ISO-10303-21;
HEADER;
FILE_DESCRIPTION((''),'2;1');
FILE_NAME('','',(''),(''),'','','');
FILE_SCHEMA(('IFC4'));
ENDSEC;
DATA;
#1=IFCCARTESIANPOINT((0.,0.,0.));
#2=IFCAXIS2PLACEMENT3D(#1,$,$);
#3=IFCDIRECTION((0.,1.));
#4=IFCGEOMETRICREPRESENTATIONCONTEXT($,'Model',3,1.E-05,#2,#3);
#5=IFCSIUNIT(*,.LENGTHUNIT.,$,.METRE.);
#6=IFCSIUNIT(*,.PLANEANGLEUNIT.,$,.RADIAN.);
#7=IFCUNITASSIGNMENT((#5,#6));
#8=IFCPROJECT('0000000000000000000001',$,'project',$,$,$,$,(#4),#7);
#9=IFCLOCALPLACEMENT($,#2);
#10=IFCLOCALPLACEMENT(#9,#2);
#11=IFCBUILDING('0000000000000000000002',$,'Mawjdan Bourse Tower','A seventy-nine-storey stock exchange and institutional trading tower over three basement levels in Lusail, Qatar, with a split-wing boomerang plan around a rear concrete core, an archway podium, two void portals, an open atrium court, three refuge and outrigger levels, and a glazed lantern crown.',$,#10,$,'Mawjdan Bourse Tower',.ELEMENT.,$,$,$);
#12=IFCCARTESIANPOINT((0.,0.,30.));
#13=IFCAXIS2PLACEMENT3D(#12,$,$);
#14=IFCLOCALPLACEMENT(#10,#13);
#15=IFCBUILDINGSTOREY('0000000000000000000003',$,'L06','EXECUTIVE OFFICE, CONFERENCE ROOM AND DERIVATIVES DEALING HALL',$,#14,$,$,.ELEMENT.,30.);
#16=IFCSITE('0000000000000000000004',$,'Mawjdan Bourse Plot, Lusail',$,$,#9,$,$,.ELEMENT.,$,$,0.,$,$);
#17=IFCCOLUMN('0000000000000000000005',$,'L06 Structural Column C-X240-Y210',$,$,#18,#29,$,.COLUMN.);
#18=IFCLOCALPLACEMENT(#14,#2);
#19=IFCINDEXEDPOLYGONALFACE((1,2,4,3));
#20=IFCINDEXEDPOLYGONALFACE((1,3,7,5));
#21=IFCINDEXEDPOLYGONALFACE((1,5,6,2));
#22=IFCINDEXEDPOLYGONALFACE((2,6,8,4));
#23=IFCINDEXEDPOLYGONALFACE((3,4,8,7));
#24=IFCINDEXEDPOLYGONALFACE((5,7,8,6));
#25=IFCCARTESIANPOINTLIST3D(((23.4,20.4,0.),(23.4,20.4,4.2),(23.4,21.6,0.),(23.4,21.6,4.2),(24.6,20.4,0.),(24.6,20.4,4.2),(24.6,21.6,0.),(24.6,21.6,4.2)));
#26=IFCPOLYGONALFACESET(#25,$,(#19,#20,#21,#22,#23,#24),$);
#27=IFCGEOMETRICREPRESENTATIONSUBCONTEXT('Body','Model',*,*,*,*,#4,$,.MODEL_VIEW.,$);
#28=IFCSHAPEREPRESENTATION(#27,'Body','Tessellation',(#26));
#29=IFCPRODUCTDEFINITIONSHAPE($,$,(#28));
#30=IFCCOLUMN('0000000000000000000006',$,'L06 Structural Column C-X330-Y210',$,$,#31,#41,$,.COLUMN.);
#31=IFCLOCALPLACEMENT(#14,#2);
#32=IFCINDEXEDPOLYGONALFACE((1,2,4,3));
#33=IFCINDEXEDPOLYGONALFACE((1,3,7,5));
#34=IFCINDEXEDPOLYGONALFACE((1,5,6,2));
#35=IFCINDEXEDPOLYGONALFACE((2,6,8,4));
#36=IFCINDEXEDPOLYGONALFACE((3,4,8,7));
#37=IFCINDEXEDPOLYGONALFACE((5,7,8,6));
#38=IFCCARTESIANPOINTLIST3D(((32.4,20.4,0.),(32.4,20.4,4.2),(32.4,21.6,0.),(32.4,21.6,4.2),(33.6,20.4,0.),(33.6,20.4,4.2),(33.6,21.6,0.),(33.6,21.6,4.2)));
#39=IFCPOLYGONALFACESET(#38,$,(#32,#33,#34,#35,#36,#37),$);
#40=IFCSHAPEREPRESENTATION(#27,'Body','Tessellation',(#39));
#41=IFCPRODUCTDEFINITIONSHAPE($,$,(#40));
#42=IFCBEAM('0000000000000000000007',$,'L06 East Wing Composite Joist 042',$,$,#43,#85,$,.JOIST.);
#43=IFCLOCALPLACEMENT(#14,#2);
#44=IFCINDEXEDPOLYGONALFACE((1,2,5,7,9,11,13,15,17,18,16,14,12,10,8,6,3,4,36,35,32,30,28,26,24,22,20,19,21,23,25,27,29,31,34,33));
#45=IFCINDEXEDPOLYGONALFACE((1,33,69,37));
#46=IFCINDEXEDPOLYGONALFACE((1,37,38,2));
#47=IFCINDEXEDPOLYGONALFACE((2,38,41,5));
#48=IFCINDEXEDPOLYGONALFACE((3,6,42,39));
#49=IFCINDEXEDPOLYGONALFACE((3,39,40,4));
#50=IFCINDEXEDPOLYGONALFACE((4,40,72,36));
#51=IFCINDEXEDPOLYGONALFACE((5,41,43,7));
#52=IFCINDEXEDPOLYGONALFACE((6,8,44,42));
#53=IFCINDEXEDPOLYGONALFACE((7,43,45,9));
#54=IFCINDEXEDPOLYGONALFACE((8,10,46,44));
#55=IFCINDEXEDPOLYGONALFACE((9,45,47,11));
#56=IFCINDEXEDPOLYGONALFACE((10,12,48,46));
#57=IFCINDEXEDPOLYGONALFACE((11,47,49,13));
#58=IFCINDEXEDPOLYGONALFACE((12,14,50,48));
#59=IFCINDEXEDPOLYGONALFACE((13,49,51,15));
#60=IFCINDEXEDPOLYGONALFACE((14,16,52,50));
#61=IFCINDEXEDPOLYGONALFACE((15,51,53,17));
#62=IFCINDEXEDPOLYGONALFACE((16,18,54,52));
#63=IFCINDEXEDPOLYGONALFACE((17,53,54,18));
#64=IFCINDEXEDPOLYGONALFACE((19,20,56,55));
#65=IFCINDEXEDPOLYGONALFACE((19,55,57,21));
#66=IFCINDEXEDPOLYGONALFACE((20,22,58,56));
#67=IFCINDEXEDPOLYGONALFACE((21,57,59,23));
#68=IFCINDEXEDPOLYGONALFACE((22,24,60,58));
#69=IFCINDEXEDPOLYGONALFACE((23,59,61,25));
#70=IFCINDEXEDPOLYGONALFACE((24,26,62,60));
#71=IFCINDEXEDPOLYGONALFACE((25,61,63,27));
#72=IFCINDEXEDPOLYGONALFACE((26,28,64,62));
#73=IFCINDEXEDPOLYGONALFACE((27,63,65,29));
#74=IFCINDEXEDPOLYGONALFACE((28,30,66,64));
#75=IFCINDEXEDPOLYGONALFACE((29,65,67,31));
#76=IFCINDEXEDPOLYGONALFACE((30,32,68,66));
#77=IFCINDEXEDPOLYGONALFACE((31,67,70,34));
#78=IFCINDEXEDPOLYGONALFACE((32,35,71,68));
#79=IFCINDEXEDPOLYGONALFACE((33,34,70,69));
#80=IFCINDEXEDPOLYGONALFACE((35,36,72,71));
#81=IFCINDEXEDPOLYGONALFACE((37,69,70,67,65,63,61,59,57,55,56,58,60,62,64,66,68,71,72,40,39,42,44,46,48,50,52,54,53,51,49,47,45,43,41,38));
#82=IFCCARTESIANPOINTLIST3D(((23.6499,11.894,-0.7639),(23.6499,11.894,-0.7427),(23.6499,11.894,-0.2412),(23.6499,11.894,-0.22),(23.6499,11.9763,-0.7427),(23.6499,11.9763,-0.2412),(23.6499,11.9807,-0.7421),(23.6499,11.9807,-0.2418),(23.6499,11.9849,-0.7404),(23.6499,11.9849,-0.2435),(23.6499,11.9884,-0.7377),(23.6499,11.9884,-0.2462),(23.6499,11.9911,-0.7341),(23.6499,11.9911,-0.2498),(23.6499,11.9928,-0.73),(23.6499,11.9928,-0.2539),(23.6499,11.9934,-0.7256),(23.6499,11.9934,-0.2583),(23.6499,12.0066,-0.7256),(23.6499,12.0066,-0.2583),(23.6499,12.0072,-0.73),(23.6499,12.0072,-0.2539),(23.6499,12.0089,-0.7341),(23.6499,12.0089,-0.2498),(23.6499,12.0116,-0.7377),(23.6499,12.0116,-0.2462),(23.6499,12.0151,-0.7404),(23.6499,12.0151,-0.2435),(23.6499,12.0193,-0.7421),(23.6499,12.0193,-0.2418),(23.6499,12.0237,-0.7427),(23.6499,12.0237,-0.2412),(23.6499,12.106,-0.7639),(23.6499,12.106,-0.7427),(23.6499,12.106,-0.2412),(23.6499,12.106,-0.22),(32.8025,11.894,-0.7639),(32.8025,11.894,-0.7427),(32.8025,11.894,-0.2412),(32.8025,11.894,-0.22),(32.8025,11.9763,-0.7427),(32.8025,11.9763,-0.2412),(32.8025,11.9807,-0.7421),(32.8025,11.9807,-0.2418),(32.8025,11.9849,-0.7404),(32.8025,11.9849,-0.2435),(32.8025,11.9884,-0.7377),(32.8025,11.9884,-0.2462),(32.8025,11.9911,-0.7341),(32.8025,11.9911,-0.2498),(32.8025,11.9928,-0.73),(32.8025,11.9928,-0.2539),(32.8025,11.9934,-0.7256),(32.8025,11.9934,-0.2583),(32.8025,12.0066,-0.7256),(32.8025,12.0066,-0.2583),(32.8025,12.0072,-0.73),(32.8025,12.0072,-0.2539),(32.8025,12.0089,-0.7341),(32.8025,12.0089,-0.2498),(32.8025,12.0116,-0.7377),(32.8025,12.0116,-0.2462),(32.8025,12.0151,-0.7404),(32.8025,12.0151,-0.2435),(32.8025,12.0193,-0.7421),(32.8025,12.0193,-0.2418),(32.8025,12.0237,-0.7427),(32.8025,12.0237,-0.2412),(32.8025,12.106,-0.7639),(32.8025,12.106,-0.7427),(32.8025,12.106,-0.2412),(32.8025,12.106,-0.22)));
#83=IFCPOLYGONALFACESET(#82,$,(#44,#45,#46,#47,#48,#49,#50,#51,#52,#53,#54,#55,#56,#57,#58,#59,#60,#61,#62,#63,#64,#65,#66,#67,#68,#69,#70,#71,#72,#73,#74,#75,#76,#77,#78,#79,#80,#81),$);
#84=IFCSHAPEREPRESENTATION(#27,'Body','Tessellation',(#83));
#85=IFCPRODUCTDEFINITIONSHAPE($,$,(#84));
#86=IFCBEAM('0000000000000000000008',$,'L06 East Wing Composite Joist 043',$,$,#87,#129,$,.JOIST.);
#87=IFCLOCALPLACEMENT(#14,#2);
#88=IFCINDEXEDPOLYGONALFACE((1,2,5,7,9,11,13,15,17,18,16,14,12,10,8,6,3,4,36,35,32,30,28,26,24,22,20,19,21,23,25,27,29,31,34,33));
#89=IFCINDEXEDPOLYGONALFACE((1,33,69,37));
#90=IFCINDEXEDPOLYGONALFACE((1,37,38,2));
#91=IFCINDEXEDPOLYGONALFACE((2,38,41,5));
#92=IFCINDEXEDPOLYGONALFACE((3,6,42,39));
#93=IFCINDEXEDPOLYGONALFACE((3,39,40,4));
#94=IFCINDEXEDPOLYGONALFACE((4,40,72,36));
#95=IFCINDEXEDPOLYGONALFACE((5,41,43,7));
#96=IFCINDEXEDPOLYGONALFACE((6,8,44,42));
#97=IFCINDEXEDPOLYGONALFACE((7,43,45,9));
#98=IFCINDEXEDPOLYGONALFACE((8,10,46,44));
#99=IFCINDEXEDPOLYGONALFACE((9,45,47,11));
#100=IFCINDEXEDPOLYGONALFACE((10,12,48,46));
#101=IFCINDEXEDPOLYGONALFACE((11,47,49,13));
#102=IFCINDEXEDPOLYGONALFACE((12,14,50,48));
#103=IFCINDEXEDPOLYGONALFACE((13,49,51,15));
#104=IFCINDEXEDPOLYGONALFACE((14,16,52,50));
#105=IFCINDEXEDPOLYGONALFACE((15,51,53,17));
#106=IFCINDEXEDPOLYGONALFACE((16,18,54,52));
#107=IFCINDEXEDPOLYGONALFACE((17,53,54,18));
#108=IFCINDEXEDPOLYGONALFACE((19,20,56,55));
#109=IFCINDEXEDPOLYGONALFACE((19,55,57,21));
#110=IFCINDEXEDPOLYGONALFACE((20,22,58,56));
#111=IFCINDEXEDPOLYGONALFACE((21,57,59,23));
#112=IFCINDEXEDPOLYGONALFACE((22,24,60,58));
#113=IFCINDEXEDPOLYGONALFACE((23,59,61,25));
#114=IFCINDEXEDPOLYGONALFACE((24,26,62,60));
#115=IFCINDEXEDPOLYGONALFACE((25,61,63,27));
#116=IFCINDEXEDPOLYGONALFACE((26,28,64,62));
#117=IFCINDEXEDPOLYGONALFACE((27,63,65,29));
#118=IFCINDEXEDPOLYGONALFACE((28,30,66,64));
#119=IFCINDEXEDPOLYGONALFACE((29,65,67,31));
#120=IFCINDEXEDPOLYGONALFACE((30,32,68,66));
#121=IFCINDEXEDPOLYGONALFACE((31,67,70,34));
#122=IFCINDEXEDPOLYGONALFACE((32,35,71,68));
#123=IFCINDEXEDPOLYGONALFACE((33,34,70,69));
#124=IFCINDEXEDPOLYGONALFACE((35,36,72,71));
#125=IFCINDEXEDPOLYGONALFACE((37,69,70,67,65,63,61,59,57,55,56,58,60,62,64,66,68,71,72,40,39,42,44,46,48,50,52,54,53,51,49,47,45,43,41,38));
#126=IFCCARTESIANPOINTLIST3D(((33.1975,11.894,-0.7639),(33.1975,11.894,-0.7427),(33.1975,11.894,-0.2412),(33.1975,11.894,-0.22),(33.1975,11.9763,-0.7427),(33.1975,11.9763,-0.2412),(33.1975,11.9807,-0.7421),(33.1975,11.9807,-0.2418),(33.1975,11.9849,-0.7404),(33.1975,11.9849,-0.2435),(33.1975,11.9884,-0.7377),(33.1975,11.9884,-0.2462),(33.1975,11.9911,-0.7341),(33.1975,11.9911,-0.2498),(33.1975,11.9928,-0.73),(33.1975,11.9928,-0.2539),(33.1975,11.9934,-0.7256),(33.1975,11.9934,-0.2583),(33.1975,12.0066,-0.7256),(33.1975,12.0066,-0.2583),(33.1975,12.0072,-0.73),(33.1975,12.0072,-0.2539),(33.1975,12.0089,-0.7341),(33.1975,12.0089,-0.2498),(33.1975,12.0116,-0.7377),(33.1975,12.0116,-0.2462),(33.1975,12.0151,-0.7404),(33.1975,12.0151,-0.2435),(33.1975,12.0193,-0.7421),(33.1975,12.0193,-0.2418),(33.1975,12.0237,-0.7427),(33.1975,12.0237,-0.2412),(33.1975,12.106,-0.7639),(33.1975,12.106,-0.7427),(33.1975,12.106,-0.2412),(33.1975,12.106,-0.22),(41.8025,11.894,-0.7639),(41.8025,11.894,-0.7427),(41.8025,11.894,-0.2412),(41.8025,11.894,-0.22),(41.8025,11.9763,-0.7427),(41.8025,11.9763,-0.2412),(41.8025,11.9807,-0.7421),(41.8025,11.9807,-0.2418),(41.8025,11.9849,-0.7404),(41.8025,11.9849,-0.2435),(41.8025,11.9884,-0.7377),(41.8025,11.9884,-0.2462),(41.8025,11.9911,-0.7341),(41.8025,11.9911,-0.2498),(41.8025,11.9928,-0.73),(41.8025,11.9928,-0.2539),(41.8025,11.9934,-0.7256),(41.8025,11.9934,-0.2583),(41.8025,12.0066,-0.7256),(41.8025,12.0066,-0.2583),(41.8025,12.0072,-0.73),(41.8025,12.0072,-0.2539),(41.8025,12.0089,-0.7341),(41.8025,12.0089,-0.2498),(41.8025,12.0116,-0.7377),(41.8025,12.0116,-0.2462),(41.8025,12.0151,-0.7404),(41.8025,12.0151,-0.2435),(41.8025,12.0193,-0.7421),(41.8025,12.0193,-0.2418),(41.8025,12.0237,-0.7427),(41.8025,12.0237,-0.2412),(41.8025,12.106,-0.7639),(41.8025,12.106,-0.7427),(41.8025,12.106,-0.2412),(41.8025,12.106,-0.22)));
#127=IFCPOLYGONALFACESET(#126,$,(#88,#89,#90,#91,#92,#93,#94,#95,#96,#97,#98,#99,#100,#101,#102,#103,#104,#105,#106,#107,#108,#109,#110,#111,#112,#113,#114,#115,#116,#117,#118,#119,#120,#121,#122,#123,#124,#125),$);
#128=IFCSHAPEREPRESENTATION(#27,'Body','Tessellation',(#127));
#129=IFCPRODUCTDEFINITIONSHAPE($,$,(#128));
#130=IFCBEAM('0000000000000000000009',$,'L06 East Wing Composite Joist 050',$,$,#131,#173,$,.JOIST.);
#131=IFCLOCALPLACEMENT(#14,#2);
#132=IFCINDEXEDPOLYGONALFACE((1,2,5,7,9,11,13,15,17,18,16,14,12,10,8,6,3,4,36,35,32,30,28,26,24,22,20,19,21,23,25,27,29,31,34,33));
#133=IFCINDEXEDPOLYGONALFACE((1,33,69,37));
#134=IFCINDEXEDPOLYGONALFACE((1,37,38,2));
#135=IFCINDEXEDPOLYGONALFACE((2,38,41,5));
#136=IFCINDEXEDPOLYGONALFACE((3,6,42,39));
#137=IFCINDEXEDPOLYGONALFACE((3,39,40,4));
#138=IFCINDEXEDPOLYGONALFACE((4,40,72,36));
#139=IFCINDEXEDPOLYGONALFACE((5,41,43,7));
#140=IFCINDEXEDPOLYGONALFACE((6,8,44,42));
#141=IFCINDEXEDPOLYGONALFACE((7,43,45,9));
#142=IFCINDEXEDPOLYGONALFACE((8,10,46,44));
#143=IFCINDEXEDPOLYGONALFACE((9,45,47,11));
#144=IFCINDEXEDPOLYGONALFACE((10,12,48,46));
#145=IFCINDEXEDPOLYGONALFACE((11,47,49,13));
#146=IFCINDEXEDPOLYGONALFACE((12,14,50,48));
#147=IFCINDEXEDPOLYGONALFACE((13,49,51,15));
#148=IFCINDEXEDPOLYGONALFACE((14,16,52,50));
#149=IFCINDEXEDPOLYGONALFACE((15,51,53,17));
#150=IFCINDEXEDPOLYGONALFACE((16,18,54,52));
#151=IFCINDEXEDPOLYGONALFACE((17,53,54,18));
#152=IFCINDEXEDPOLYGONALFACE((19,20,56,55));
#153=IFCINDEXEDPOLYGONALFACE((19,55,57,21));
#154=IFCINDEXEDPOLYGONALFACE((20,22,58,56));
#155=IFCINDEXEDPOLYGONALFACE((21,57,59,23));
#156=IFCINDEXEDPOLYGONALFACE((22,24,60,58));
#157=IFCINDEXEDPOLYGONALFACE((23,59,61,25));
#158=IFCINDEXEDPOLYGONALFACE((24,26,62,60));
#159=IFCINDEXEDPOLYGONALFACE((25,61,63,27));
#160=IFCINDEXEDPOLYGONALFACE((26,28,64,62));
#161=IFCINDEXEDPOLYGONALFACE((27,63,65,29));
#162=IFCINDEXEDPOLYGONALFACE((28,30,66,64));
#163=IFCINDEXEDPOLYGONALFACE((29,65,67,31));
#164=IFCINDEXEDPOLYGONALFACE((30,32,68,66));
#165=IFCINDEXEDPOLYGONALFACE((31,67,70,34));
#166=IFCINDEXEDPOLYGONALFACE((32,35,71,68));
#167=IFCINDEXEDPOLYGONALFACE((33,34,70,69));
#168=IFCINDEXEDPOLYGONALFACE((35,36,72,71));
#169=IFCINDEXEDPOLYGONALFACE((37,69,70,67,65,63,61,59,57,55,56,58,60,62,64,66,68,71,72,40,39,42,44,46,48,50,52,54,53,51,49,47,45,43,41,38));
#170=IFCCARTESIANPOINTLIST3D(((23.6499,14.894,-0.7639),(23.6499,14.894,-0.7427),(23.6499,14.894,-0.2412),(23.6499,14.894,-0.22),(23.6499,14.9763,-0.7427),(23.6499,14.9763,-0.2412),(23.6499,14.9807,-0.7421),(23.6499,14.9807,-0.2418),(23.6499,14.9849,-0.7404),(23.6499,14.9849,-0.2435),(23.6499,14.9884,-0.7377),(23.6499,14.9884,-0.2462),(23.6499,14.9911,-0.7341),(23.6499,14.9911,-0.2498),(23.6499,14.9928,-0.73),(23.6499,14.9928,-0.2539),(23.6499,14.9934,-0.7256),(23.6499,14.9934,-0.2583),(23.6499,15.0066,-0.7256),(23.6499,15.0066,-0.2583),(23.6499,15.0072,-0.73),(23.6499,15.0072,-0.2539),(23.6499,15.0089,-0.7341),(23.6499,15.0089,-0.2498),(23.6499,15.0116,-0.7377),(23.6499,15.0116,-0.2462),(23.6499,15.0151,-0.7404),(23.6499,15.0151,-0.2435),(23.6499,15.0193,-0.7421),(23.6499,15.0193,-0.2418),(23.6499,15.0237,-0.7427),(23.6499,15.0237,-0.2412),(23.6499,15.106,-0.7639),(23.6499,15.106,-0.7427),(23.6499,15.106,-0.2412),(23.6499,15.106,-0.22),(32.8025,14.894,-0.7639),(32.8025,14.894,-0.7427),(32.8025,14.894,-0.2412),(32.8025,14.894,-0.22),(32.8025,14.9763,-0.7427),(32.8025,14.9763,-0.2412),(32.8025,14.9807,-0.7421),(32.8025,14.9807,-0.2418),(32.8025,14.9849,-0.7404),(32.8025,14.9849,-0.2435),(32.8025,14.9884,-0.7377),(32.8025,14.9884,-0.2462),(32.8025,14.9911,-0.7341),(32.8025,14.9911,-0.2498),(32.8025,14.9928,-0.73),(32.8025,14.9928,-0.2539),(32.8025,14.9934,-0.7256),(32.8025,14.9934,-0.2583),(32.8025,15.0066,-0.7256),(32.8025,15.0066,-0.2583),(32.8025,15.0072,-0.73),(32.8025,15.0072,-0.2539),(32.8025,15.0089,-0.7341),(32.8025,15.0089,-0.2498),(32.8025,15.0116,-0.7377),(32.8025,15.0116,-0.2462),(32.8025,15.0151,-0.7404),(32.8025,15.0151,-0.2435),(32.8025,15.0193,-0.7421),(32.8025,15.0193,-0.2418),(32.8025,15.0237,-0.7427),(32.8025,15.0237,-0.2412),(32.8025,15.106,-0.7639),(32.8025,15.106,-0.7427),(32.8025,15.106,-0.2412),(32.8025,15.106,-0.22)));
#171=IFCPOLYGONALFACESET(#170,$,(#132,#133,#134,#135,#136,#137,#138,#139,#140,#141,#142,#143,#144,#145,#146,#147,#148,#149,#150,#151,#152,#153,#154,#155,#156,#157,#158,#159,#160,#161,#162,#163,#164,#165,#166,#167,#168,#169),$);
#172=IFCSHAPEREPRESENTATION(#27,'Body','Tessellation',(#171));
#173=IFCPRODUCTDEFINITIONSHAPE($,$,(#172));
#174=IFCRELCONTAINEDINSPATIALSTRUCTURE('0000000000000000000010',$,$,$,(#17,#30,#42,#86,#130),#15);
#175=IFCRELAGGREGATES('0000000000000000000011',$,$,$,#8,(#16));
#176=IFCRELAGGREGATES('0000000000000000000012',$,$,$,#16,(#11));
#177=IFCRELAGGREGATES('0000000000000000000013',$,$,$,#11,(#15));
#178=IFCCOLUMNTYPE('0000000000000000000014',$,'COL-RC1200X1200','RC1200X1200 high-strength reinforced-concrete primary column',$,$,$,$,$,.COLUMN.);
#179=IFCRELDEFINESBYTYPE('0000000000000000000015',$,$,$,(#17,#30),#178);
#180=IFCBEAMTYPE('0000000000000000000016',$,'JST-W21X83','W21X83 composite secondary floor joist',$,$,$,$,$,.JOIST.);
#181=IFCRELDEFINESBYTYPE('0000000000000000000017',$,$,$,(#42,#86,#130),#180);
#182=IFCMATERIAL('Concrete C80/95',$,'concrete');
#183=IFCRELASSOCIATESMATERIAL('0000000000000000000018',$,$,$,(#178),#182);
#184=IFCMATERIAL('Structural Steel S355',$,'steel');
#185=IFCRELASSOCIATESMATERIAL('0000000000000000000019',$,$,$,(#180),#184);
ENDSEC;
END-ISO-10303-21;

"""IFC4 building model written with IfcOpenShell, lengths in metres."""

from ifc_helpers import new_model, si_unit, direction, frame, origin, origin_2d, place, context, subcontext, project, spatial, rectangle, i_section, extrude, material, material_profile, profile_set, type_object, element, save


model = new_model("IFC4")

# Units and contexts
model_context = context("Model", 3, precision=1e-05, world=origin(), true_north=direction((0.0, 1.0)))
body_context = subcontext(model_context, "Body", "Model", "MODEL_VIEW")
ifc_project = project(units=[si_unit("LENGTHUNIT", "METRE"), si_unit("PLANEANGLEUNIT", "RADIAN")], contexts=[model_context])

# Site, building, storey
site_placement = place(None, origin())
site = spatial("IfcSite", under=ifc_project, at=site_placement, Name="Mawjdan Bourse Plot, Lusail", CompositionType="ELEMENT", RefElevation=0.0)
building_placement = place(site_placement, origin())
building = spatial("IfcBuilding", under=site, at=building_placement, Name="Mawjdan Bourse Tower", Description="A seventy-nine-storey stock exchange and institutional trading tower over three basement levels in Lusail, Qatar, with a split-wing boomerang plan around a rear concrete core, an archway podium, two void portals, an open atrium court, three refuge and outrigger levels, and a glazed lantern crown.", LongName="Mawjdan Bourse Tower", CompositionType="ELEMENT")
storey_placement = place(building_placement, frame((0.0, 0.0, 30.0)))
storey = spatial("IfcBuildingStorey", under=building, at=storey_placement, Name="L06", Description="EXECUTIVE OFFICE, CONFERENCE ROOM AND DERIVATIVES DEALING HALL", CompositionType="ELEMENT", Elevation=30.0)

# Columns
ifc_material_1 = material(Name="Concrete C80/95", Category="concrete")
ifc_material_profile_1 = material_profile(ifc_material_1, rectangle(XDim=1.2, YDim=1.2, at=origin_2d()), Name="RC1200X1200")
ifc_profile_set_1 = profile_set([ifc_material_profile_1], Name="Concrete C80/95")
column_type = type_object("IfcColumnType", Name="COL-RC1200X1200", Description="RC1200X1200 high-strength reinforced-concrete primary column", PredefinedType="COLUMN", material=ifc_profile_set_1)
for number, where, z_axis, x_axis, name in (
    (1, (24.0, 21.0, 0.0), (0.0, 0.0, 1.0), (1.0, 0.0, 0.0), "L06 Structural Column C-X240-Y210"),
    (2, (33.0, 21.0, 0.0), (0.0, 0.0, 1.0), (1.0, 0.0, 0.0), "L06 Structural Column C-X330-Y210"),
):
    element("IfcColumn", number, at=place(storey_placement, frame(where, z_axis=z_axis, x_axis=x_axis)), inside=storey, type_object=column_type, Name=name, PredefinedType="COLUMN", context=body_context, shape_type="SweptSolid", body=[
        extrude(rectangle(XDim=1.2, YDim=1.2, at=origin_2d()), origin(), (0.0, 0.0, 1.0), 4.2),
    ])

# Beams
ifc_material_2 = material(Name="Structural Steel S355", Category="steel")
ifc_material_profile_2 = material_profile(ifc_material_2, i_section(OverallWidth=0.2119, OverallDepth=0.5439, WebThickness=0.0132, FlangeThickness=0.0212, FilletRadius=0.0171, at=origin_2d()), Name="W21X83")
ifc_profile_set_2 = profile_set([ifc_material_profile_2], Name="Structural Steel S355")
beam_type_1 = type_object("IfcBeamType", Name="JST-W21X83", Description="W21X83 composite secondary floor joist", PredefinedType="JOIST", material=ifc_profile_set_2)
beam_1_placement = place(storey_placement, frame((23.6499, 12.0, -0.4919), z_axis=(1.0, 0.0, 0.0), x_axis=(0.0, 1.0, 0.0)))
element("IfcBeam", 3, at=beam_1_placement, inside=storey, type_object=beam_type_1, Name="L06 East Wing Composite Joist 042", PredefinedType="JOIST", context=body_context, shape_type="SweptSolid", body=[
    extrude(i_section(OverallWidth=0.2119, OverallDepth=0.5439, WebThickness=0.0132, FlangeThickness=0.0212, FilletRadius=0.0171, at=origin_2d()), origin(), (0.0, 0.0, 1.0), 9.1526),
])
beam_2_placement = place(storey_placement, frame((33.1975, 12.0, -0.4919), z_axis=(1.0, 0.0, 0.0), x_axis=(0.0, 1.0, 0.0)))
element("IfcBeam", 4, at=beam_2_placement, inside=storey, type_object=beam_type_1, Name="L06 East Wing Composite Joist 043", PredefinedType="JOIST", context=body_context, shape_type="SweptSolid", body=[
    extrude(i_section(OverallWidth=0.2119, OverallDepth=0.5439, WebThickness=0.0132, FlangeThickness=0.0212, FilletRadius=0.0171, at=origin_2d()), origin(), (0.0, 0.0, 1.0), 8.605),
])
beam_3_placement = place(storey_placement, frame((23.6499, 15.0, -0.4919), z_axis=(1.0, 0.0, 0.0), x_axis=(0.0, 1.0, 0.0)))
element("IfcBeam", 5, at=beam_3_placement, inside=storey, type_object=beam_type_1, Name="L06 East Wing Composite Joist 050", PredefinedType="JOIST", context=body_context, shape_type="SweptSolid", body=[
    extrude(i_section(OverallWidth=0.2119, OverallDepth=0.5439, WebThickness=0.0132, FlangeThickness=0.0212, FilletRadius=0.0171, at=origin_2d()), origin(), (0.0, 0.0, 1.0), 9.1526),
])

save(model, "model.ifc")
